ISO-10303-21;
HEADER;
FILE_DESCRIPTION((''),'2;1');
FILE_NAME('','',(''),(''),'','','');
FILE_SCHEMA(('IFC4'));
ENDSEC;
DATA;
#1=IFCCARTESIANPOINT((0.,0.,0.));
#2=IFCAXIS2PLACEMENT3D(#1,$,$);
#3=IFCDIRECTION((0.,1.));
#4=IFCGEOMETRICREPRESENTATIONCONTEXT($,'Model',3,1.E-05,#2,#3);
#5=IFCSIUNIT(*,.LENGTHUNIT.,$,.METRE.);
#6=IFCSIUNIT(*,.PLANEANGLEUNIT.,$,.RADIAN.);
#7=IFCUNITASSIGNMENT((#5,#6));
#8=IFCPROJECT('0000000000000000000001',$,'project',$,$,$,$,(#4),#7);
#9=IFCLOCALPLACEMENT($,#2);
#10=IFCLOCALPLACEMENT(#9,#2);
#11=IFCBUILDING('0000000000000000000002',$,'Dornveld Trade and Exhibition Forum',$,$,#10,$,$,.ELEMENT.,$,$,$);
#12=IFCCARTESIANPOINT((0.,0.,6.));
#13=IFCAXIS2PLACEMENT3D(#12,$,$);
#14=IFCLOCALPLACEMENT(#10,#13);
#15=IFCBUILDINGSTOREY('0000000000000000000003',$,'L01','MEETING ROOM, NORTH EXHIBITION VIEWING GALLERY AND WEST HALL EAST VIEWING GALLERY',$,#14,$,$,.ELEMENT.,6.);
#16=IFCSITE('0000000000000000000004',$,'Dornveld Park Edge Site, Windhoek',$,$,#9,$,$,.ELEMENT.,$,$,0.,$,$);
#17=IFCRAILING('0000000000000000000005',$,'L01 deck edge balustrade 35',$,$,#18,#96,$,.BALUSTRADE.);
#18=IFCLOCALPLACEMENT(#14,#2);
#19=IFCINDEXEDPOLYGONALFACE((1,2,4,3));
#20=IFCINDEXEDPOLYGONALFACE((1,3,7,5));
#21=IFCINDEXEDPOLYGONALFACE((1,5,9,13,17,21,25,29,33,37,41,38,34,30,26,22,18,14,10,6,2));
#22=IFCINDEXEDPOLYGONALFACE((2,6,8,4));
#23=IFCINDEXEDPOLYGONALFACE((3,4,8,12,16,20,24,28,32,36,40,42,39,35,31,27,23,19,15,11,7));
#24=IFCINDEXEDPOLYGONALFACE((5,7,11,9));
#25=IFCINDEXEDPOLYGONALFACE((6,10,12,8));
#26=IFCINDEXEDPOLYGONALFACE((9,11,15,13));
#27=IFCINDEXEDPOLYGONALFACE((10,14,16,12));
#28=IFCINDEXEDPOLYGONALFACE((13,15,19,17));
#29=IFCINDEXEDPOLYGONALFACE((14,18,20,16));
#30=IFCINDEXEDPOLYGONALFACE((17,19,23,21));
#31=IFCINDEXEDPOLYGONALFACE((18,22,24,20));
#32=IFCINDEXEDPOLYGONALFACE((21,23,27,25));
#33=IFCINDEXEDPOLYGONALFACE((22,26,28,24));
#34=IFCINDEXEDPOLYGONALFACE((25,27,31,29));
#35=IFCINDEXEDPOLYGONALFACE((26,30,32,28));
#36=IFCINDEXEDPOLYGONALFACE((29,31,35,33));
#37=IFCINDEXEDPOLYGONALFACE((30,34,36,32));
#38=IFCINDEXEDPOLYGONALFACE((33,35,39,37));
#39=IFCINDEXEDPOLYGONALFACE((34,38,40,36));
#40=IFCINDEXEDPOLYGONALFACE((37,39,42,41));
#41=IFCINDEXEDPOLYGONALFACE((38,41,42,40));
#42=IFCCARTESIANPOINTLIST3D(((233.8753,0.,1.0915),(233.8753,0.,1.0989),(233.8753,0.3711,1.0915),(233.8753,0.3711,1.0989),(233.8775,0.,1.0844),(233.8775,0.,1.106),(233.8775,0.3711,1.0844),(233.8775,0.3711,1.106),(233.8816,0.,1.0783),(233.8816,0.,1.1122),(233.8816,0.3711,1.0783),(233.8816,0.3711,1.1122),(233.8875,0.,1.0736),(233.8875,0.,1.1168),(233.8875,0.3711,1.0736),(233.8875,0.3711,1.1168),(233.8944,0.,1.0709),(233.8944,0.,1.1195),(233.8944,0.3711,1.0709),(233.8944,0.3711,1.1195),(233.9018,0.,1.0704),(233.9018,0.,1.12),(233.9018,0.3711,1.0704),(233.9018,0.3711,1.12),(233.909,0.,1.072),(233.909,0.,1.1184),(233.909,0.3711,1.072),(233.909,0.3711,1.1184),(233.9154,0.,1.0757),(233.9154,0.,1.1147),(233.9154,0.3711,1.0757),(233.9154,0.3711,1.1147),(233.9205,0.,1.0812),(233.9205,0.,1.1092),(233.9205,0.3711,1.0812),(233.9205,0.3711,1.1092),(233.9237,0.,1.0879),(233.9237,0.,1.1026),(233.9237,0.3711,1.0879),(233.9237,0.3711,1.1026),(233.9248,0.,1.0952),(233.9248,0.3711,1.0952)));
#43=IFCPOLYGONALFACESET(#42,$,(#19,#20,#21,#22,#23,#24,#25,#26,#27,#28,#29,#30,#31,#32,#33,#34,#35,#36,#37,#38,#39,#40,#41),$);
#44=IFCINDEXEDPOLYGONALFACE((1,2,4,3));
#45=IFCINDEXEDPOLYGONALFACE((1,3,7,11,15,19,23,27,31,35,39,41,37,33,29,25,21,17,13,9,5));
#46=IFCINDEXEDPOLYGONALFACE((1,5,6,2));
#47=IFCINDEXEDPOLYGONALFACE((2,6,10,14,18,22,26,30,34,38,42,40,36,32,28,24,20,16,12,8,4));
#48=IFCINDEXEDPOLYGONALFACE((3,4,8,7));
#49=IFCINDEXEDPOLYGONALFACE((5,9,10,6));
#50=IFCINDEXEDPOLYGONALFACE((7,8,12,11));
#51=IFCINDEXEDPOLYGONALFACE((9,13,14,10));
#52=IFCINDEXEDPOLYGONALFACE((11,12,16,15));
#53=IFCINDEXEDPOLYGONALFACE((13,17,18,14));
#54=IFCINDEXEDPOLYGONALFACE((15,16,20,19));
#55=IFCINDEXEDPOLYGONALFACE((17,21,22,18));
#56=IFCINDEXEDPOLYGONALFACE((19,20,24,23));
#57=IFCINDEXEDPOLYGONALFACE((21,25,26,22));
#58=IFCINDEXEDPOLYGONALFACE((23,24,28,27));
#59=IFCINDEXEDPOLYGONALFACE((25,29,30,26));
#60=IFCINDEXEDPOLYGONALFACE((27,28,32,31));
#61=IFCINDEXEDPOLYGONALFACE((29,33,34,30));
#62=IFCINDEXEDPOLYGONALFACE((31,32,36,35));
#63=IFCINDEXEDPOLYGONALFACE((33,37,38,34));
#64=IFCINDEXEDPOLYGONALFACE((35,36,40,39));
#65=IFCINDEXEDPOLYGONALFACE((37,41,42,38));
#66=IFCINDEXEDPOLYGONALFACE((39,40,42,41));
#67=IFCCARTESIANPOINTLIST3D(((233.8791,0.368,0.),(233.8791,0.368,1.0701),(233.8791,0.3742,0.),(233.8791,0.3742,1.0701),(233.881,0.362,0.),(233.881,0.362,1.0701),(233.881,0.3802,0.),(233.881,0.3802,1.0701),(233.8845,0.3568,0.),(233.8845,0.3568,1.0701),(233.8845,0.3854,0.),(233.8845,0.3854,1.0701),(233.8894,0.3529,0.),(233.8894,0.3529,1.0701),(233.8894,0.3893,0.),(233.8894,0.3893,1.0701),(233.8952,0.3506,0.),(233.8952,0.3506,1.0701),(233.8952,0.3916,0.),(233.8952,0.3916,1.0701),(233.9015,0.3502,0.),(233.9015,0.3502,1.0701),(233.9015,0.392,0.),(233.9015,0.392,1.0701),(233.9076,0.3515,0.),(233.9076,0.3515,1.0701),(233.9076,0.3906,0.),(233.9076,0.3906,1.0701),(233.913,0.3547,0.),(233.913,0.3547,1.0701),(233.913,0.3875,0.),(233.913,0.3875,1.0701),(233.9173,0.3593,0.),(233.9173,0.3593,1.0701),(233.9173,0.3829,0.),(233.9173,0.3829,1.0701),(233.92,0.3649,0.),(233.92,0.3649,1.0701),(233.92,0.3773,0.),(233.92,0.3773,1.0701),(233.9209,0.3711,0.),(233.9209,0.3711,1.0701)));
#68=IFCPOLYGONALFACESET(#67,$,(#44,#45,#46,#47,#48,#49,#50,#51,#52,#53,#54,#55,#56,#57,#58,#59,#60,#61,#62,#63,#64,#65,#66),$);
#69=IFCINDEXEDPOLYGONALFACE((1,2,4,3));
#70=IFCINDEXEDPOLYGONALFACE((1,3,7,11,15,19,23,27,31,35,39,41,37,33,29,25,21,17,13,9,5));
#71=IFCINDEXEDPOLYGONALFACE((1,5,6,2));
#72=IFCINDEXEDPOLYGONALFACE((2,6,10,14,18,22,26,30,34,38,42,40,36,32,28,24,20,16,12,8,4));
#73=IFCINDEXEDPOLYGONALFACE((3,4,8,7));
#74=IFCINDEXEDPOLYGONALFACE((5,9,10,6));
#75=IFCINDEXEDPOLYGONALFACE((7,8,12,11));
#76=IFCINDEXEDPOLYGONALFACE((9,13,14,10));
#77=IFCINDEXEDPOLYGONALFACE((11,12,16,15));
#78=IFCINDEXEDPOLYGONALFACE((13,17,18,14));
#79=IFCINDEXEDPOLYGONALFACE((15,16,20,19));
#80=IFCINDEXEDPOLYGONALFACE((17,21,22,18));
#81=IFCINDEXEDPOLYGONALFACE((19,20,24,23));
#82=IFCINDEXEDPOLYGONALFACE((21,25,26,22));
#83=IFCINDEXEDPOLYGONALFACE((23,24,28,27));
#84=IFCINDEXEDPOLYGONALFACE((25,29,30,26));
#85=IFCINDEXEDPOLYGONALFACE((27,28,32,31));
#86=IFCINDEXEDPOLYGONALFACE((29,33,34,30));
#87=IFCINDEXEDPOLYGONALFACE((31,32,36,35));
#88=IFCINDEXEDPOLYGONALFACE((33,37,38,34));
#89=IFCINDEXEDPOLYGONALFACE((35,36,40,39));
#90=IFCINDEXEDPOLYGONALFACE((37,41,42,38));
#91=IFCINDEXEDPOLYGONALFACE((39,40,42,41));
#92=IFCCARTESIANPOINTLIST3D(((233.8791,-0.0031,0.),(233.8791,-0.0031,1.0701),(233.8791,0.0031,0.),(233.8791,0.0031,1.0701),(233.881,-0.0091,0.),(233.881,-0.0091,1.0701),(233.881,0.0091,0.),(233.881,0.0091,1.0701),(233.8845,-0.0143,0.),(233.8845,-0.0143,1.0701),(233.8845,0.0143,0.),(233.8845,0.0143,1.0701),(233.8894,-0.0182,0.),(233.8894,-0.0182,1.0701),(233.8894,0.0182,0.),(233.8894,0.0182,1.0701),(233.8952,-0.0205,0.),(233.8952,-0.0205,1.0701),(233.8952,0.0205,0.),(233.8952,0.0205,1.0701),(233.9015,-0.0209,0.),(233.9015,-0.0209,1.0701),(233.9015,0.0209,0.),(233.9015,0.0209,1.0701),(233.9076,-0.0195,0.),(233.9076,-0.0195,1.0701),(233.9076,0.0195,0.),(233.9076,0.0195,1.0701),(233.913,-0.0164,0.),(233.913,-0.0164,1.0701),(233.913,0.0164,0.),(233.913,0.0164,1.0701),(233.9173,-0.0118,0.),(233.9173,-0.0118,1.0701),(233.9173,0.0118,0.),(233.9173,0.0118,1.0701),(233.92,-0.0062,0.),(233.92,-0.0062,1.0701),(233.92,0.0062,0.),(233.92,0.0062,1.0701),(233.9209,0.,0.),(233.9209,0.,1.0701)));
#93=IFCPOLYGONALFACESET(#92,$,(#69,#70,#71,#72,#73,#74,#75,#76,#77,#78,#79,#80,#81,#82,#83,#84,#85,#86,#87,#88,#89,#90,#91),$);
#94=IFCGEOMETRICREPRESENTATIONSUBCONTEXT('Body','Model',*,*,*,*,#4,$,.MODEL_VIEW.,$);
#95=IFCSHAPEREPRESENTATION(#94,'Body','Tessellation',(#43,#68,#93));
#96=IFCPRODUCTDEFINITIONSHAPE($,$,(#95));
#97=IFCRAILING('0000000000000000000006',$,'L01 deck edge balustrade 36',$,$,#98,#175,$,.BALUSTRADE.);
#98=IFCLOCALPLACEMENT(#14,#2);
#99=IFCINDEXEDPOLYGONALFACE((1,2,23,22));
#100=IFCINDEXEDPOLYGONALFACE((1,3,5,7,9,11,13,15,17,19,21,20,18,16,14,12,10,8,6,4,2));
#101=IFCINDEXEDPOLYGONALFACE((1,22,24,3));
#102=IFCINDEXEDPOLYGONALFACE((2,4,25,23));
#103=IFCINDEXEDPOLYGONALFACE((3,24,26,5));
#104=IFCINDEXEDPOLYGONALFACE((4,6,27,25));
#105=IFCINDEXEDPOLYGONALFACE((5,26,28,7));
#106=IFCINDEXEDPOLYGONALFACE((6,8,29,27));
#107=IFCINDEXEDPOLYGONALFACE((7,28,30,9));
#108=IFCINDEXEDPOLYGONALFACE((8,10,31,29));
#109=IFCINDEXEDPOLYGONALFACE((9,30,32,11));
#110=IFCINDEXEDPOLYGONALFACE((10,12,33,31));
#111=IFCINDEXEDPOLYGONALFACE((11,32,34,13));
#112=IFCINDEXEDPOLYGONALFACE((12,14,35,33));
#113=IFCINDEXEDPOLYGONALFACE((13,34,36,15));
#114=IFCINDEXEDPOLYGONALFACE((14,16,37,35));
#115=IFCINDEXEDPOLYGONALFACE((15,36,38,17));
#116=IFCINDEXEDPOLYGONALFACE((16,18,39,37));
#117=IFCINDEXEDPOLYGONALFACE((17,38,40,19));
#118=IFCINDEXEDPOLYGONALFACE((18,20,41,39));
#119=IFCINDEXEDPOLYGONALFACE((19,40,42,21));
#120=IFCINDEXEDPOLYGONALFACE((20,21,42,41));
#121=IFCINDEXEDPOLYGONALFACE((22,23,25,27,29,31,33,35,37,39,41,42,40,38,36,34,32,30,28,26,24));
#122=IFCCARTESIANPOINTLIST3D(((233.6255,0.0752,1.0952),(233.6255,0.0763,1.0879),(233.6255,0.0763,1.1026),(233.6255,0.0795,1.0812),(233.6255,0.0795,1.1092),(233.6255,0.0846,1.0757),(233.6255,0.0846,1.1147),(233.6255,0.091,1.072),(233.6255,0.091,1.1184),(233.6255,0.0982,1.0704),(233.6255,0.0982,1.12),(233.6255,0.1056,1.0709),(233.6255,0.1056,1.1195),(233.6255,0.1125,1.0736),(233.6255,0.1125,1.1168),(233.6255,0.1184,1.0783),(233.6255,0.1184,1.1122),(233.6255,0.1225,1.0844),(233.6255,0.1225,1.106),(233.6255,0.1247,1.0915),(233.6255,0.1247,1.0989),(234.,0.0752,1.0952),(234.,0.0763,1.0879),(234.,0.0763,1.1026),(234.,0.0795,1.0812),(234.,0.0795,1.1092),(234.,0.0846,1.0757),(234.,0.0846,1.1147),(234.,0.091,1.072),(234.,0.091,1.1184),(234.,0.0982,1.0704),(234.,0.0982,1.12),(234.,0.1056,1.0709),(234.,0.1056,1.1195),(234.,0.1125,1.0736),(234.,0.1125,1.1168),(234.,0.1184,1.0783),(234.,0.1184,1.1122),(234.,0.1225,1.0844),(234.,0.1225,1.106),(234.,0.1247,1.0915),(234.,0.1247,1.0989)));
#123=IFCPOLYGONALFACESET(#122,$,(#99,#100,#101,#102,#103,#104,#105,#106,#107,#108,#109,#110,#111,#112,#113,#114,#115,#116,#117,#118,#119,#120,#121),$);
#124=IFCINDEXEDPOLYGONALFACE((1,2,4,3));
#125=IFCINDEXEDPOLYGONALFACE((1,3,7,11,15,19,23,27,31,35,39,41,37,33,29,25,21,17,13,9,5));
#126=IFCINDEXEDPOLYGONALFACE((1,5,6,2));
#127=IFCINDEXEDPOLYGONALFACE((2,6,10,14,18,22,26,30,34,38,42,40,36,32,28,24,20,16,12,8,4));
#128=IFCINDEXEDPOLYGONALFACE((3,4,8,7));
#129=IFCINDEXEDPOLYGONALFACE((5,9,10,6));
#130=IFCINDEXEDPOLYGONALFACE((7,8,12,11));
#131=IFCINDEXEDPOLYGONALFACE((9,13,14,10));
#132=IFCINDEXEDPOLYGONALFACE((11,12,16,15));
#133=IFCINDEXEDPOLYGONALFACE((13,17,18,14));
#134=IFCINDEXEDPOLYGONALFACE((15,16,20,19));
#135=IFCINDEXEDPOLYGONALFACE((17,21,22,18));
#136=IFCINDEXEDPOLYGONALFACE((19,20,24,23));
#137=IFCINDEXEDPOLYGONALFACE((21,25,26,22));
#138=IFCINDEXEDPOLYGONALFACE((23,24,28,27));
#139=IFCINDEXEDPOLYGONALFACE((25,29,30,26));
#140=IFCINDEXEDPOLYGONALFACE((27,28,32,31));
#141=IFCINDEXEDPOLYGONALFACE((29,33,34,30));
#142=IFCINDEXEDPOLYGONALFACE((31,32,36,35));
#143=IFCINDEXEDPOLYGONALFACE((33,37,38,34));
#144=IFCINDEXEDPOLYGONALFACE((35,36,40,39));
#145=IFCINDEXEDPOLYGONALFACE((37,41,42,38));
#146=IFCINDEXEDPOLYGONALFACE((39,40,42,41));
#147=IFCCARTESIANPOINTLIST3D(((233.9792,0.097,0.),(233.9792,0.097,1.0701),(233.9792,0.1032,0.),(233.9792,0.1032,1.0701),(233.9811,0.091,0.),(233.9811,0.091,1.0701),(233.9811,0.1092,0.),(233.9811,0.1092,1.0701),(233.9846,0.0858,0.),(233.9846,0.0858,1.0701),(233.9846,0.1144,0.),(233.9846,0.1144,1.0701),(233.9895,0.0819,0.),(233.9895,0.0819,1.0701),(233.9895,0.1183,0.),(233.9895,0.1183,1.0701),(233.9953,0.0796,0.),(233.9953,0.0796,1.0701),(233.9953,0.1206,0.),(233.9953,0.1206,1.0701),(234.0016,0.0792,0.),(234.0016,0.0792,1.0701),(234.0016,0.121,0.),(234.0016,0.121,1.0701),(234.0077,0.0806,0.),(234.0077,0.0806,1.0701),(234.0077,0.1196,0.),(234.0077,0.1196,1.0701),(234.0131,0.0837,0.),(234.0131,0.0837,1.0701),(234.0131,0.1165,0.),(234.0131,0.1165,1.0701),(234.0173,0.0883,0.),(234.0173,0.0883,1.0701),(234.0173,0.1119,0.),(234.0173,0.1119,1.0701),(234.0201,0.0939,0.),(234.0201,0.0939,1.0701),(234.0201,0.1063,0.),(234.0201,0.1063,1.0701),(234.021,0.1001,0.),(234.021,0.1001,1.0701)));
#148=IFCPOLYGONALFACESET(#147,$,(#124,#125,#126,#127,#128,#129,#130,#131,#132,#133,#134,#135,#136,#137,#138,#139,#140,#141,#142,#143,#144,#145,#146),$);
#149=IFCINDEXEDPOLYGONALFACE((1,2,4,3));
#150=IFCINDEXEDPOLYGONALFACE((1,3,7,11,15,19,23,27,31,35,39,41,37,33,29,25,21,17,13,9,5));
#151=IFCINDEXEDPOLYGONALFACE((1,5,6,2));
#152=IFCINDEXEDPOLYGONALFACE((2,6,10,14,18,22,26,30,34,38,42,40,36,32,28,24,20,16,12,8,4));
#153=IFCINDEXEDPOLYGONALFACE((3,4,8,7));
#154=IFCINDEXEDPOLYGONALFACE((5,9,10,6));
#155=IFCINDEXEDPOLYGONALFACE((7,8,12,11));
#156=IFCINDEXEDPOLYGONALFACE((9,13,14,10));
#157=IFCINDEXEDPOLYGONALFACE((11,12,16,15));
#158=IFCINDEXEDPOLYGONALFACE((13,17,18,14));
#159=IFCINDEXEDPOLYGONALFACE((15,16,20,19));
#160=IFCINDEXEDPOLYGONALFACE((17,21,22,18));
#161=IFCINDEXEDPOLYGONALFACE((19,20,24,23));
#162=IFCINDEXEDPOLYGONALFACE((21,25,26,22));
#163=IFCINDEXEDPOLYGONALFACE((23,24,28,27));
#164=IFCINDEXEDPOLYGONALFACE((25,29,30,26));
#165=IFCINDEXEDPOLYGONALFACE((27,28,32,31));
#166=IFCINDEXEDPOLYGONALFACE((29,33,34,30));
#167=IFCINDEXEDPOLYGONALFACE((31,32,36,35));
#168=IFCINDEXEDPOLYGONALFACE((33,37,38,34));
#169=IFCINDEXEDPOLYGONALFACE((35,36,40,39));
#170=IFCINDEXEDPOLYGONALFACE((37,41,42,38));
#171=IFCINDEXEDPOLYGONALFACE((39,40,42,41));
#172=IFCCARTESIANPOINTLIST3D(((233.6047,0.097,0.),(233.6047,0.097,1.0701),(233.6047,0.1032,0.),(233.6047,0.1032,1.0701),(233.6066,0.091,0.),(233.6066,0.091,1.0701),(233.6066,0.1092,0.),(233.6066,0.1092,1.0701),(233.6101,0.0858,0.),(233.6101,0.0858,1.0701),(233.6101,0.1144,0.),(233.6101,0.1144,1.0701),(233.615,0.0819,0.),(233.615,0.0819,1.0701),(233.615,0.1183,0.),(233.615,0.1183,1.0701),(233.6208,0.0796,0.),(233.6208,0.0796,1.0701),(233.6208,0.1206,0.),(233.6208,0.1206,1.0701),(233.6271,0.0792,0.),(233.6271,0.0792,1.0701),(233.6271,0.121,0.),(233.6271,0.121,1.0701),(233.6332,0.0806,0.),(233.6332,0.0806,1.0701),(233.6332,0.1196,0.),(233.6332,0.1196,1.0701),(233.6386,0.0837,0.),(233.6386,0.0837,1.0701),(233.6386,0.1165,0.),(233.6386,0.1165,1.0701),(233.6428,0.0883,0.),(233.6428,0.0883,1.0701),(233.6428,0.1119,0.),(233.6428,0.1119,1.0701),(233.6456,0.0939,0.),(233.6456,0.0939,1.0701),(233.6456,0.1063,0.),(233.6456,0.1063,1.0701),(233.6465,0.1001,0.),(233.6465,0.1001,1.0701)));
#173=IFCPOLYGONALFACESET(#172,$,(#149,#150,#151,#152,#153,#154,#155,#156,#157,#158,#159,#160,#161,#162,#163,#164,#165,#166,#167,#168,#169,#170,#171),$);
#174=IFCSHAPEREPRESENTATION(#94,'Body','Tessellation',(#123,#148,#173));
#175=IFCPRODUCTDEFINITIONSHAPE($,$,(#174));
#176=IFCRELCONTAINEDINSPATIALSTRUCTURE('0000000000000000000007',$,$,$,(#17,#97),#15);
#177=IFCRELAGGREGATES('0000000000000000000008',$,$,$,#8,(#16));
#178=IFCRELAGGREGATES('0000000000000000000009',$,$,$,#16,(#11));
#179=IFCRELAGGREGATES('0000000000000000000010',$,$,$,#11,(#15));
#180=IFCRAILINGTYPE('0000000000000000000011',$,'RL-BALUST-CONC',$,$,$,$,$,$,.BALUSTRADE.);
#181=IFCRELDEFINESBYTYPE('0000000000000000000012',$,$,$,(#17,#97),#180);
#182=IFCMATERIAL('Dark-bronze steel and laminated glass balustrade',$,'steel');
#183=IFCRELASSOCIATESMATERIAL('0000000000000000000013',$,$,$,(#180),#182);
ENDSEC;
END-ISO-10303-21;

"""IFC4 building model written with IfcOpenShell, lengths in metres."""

from ifc_helpers import new_model, si_unit, direction, frame, origin, origin_2d, place, context, subcontext, project, spatial, circle, extrude, material, type_object, element, save


model = new_model("IFC4")

# Units and contexts
model_context = context("Model", 3, precision=1e-05, world=origin(), true_north=direction((0.0, 1.0)))
body_context = subcontext(model_context, "Body", "Model", "MODEL_VIEW")
ifc_project = project(units=[si_unit("LENGTHUNIT", "METRE"), si_unit("PLANEANGLEUNIT", "RADIAN")], contexts=[model_context])

# Site, building, storey
site_placement = place(None, origin())
site = spatial("IfcSite", under=ifc_project, at=site_placement, Name="Dornveld Park Edge Site, Windhoek", CompositionType="ELEMENT", RefElevation=0.0)
building_placement = place(site_placement, origin())
building = spatial("IfcBuilding", under=site, at=building_placement, Name="Dornveld Trade and Exhibition Forum", CompositionType="ELEMENT")
storey_placement = place(building_placement, frame((0.0, 0.0, 6.0)))
storey = spatial("IfcBuildingStorey", under=building, at=storey_placement, Name="L01", Description="MEETING ROOM, NORTH EXHIBITION VIEWING GALLERY AND WEST HALL EAST VIEWING GALLERY", CompositionType="ELEMENT", Elevation=6.0)

# Railings
ifc_material_1 = material(Name="Dark-bronze steel and laminated glass balustrade", Category="steel")
railing_type = type_object("IfcRailingType", Name="RL-BALUST-CONC", PredefinedType="BALUSTRADE", material=ifc_material_1)
railing_1_placement = place(storey_placement, frame((233.8999, 0.3711, 0.0)))
element("IfcRailing", 1, at=railing_1_placement, inside=storey, type_object=railing_type, Name="L01 deck edge balustrade 35", PredefinedType="BALUSTRADE", context=body_context, shape_type="SweptSolid", body=[
    extrude(circle(Radius=0.0249, at=origin_2d()), frame((0.0, 0.0, 1.0952), z_axis=(0.0, -1.0, 0.0), x_axis=(1.0, 0.0, 0.0)), (0.0, 0.0, 1.0), 0.3711),
    extrude(circle(Radius=0.021, at=origin_2d()), origin(), (0.0, 0.0, 1.0), 1.0701),
    extrude(circle(Radius=0.021, at=origin_2d()), frame((0.0, -0.3711, 0.0)), (0.0, 0.0, 1.0), 1.0701),
])
railing_2_placement = place(storey_placement, frame((234.0, 0.1001, 0.0)))
element("IfcRailing", 2, at=railing_2_placement, inside=storey, type_object=railing_type, Name="L01 deck edge balustrade 36", PredefinedType="BALUSTRADE", context=body_context, shape_type="SweptSolid", body=[
    extrude(circle(Radius=0.0249, at=origin_2d()), frame((0.0, 0.0, 1.0952), z_axis=(-1.0, 0.0, 0.0), x_axis=(0.0, -1.0, 0.0)), (0.0, 0.0, 1.0), 0.3745),
    extrude(circle(Radius=0.021, at=origin_2d()), origin(), (0.0, 0.0, 1.0), 1.0701),
    extrude(circle(Radius=0.021, at=origin_2d()), frame((-0.3745, 0.0, 0.0)), (0.0, 0.0, 1.0), 1.0701),
])

save(model, "model.ifc")
